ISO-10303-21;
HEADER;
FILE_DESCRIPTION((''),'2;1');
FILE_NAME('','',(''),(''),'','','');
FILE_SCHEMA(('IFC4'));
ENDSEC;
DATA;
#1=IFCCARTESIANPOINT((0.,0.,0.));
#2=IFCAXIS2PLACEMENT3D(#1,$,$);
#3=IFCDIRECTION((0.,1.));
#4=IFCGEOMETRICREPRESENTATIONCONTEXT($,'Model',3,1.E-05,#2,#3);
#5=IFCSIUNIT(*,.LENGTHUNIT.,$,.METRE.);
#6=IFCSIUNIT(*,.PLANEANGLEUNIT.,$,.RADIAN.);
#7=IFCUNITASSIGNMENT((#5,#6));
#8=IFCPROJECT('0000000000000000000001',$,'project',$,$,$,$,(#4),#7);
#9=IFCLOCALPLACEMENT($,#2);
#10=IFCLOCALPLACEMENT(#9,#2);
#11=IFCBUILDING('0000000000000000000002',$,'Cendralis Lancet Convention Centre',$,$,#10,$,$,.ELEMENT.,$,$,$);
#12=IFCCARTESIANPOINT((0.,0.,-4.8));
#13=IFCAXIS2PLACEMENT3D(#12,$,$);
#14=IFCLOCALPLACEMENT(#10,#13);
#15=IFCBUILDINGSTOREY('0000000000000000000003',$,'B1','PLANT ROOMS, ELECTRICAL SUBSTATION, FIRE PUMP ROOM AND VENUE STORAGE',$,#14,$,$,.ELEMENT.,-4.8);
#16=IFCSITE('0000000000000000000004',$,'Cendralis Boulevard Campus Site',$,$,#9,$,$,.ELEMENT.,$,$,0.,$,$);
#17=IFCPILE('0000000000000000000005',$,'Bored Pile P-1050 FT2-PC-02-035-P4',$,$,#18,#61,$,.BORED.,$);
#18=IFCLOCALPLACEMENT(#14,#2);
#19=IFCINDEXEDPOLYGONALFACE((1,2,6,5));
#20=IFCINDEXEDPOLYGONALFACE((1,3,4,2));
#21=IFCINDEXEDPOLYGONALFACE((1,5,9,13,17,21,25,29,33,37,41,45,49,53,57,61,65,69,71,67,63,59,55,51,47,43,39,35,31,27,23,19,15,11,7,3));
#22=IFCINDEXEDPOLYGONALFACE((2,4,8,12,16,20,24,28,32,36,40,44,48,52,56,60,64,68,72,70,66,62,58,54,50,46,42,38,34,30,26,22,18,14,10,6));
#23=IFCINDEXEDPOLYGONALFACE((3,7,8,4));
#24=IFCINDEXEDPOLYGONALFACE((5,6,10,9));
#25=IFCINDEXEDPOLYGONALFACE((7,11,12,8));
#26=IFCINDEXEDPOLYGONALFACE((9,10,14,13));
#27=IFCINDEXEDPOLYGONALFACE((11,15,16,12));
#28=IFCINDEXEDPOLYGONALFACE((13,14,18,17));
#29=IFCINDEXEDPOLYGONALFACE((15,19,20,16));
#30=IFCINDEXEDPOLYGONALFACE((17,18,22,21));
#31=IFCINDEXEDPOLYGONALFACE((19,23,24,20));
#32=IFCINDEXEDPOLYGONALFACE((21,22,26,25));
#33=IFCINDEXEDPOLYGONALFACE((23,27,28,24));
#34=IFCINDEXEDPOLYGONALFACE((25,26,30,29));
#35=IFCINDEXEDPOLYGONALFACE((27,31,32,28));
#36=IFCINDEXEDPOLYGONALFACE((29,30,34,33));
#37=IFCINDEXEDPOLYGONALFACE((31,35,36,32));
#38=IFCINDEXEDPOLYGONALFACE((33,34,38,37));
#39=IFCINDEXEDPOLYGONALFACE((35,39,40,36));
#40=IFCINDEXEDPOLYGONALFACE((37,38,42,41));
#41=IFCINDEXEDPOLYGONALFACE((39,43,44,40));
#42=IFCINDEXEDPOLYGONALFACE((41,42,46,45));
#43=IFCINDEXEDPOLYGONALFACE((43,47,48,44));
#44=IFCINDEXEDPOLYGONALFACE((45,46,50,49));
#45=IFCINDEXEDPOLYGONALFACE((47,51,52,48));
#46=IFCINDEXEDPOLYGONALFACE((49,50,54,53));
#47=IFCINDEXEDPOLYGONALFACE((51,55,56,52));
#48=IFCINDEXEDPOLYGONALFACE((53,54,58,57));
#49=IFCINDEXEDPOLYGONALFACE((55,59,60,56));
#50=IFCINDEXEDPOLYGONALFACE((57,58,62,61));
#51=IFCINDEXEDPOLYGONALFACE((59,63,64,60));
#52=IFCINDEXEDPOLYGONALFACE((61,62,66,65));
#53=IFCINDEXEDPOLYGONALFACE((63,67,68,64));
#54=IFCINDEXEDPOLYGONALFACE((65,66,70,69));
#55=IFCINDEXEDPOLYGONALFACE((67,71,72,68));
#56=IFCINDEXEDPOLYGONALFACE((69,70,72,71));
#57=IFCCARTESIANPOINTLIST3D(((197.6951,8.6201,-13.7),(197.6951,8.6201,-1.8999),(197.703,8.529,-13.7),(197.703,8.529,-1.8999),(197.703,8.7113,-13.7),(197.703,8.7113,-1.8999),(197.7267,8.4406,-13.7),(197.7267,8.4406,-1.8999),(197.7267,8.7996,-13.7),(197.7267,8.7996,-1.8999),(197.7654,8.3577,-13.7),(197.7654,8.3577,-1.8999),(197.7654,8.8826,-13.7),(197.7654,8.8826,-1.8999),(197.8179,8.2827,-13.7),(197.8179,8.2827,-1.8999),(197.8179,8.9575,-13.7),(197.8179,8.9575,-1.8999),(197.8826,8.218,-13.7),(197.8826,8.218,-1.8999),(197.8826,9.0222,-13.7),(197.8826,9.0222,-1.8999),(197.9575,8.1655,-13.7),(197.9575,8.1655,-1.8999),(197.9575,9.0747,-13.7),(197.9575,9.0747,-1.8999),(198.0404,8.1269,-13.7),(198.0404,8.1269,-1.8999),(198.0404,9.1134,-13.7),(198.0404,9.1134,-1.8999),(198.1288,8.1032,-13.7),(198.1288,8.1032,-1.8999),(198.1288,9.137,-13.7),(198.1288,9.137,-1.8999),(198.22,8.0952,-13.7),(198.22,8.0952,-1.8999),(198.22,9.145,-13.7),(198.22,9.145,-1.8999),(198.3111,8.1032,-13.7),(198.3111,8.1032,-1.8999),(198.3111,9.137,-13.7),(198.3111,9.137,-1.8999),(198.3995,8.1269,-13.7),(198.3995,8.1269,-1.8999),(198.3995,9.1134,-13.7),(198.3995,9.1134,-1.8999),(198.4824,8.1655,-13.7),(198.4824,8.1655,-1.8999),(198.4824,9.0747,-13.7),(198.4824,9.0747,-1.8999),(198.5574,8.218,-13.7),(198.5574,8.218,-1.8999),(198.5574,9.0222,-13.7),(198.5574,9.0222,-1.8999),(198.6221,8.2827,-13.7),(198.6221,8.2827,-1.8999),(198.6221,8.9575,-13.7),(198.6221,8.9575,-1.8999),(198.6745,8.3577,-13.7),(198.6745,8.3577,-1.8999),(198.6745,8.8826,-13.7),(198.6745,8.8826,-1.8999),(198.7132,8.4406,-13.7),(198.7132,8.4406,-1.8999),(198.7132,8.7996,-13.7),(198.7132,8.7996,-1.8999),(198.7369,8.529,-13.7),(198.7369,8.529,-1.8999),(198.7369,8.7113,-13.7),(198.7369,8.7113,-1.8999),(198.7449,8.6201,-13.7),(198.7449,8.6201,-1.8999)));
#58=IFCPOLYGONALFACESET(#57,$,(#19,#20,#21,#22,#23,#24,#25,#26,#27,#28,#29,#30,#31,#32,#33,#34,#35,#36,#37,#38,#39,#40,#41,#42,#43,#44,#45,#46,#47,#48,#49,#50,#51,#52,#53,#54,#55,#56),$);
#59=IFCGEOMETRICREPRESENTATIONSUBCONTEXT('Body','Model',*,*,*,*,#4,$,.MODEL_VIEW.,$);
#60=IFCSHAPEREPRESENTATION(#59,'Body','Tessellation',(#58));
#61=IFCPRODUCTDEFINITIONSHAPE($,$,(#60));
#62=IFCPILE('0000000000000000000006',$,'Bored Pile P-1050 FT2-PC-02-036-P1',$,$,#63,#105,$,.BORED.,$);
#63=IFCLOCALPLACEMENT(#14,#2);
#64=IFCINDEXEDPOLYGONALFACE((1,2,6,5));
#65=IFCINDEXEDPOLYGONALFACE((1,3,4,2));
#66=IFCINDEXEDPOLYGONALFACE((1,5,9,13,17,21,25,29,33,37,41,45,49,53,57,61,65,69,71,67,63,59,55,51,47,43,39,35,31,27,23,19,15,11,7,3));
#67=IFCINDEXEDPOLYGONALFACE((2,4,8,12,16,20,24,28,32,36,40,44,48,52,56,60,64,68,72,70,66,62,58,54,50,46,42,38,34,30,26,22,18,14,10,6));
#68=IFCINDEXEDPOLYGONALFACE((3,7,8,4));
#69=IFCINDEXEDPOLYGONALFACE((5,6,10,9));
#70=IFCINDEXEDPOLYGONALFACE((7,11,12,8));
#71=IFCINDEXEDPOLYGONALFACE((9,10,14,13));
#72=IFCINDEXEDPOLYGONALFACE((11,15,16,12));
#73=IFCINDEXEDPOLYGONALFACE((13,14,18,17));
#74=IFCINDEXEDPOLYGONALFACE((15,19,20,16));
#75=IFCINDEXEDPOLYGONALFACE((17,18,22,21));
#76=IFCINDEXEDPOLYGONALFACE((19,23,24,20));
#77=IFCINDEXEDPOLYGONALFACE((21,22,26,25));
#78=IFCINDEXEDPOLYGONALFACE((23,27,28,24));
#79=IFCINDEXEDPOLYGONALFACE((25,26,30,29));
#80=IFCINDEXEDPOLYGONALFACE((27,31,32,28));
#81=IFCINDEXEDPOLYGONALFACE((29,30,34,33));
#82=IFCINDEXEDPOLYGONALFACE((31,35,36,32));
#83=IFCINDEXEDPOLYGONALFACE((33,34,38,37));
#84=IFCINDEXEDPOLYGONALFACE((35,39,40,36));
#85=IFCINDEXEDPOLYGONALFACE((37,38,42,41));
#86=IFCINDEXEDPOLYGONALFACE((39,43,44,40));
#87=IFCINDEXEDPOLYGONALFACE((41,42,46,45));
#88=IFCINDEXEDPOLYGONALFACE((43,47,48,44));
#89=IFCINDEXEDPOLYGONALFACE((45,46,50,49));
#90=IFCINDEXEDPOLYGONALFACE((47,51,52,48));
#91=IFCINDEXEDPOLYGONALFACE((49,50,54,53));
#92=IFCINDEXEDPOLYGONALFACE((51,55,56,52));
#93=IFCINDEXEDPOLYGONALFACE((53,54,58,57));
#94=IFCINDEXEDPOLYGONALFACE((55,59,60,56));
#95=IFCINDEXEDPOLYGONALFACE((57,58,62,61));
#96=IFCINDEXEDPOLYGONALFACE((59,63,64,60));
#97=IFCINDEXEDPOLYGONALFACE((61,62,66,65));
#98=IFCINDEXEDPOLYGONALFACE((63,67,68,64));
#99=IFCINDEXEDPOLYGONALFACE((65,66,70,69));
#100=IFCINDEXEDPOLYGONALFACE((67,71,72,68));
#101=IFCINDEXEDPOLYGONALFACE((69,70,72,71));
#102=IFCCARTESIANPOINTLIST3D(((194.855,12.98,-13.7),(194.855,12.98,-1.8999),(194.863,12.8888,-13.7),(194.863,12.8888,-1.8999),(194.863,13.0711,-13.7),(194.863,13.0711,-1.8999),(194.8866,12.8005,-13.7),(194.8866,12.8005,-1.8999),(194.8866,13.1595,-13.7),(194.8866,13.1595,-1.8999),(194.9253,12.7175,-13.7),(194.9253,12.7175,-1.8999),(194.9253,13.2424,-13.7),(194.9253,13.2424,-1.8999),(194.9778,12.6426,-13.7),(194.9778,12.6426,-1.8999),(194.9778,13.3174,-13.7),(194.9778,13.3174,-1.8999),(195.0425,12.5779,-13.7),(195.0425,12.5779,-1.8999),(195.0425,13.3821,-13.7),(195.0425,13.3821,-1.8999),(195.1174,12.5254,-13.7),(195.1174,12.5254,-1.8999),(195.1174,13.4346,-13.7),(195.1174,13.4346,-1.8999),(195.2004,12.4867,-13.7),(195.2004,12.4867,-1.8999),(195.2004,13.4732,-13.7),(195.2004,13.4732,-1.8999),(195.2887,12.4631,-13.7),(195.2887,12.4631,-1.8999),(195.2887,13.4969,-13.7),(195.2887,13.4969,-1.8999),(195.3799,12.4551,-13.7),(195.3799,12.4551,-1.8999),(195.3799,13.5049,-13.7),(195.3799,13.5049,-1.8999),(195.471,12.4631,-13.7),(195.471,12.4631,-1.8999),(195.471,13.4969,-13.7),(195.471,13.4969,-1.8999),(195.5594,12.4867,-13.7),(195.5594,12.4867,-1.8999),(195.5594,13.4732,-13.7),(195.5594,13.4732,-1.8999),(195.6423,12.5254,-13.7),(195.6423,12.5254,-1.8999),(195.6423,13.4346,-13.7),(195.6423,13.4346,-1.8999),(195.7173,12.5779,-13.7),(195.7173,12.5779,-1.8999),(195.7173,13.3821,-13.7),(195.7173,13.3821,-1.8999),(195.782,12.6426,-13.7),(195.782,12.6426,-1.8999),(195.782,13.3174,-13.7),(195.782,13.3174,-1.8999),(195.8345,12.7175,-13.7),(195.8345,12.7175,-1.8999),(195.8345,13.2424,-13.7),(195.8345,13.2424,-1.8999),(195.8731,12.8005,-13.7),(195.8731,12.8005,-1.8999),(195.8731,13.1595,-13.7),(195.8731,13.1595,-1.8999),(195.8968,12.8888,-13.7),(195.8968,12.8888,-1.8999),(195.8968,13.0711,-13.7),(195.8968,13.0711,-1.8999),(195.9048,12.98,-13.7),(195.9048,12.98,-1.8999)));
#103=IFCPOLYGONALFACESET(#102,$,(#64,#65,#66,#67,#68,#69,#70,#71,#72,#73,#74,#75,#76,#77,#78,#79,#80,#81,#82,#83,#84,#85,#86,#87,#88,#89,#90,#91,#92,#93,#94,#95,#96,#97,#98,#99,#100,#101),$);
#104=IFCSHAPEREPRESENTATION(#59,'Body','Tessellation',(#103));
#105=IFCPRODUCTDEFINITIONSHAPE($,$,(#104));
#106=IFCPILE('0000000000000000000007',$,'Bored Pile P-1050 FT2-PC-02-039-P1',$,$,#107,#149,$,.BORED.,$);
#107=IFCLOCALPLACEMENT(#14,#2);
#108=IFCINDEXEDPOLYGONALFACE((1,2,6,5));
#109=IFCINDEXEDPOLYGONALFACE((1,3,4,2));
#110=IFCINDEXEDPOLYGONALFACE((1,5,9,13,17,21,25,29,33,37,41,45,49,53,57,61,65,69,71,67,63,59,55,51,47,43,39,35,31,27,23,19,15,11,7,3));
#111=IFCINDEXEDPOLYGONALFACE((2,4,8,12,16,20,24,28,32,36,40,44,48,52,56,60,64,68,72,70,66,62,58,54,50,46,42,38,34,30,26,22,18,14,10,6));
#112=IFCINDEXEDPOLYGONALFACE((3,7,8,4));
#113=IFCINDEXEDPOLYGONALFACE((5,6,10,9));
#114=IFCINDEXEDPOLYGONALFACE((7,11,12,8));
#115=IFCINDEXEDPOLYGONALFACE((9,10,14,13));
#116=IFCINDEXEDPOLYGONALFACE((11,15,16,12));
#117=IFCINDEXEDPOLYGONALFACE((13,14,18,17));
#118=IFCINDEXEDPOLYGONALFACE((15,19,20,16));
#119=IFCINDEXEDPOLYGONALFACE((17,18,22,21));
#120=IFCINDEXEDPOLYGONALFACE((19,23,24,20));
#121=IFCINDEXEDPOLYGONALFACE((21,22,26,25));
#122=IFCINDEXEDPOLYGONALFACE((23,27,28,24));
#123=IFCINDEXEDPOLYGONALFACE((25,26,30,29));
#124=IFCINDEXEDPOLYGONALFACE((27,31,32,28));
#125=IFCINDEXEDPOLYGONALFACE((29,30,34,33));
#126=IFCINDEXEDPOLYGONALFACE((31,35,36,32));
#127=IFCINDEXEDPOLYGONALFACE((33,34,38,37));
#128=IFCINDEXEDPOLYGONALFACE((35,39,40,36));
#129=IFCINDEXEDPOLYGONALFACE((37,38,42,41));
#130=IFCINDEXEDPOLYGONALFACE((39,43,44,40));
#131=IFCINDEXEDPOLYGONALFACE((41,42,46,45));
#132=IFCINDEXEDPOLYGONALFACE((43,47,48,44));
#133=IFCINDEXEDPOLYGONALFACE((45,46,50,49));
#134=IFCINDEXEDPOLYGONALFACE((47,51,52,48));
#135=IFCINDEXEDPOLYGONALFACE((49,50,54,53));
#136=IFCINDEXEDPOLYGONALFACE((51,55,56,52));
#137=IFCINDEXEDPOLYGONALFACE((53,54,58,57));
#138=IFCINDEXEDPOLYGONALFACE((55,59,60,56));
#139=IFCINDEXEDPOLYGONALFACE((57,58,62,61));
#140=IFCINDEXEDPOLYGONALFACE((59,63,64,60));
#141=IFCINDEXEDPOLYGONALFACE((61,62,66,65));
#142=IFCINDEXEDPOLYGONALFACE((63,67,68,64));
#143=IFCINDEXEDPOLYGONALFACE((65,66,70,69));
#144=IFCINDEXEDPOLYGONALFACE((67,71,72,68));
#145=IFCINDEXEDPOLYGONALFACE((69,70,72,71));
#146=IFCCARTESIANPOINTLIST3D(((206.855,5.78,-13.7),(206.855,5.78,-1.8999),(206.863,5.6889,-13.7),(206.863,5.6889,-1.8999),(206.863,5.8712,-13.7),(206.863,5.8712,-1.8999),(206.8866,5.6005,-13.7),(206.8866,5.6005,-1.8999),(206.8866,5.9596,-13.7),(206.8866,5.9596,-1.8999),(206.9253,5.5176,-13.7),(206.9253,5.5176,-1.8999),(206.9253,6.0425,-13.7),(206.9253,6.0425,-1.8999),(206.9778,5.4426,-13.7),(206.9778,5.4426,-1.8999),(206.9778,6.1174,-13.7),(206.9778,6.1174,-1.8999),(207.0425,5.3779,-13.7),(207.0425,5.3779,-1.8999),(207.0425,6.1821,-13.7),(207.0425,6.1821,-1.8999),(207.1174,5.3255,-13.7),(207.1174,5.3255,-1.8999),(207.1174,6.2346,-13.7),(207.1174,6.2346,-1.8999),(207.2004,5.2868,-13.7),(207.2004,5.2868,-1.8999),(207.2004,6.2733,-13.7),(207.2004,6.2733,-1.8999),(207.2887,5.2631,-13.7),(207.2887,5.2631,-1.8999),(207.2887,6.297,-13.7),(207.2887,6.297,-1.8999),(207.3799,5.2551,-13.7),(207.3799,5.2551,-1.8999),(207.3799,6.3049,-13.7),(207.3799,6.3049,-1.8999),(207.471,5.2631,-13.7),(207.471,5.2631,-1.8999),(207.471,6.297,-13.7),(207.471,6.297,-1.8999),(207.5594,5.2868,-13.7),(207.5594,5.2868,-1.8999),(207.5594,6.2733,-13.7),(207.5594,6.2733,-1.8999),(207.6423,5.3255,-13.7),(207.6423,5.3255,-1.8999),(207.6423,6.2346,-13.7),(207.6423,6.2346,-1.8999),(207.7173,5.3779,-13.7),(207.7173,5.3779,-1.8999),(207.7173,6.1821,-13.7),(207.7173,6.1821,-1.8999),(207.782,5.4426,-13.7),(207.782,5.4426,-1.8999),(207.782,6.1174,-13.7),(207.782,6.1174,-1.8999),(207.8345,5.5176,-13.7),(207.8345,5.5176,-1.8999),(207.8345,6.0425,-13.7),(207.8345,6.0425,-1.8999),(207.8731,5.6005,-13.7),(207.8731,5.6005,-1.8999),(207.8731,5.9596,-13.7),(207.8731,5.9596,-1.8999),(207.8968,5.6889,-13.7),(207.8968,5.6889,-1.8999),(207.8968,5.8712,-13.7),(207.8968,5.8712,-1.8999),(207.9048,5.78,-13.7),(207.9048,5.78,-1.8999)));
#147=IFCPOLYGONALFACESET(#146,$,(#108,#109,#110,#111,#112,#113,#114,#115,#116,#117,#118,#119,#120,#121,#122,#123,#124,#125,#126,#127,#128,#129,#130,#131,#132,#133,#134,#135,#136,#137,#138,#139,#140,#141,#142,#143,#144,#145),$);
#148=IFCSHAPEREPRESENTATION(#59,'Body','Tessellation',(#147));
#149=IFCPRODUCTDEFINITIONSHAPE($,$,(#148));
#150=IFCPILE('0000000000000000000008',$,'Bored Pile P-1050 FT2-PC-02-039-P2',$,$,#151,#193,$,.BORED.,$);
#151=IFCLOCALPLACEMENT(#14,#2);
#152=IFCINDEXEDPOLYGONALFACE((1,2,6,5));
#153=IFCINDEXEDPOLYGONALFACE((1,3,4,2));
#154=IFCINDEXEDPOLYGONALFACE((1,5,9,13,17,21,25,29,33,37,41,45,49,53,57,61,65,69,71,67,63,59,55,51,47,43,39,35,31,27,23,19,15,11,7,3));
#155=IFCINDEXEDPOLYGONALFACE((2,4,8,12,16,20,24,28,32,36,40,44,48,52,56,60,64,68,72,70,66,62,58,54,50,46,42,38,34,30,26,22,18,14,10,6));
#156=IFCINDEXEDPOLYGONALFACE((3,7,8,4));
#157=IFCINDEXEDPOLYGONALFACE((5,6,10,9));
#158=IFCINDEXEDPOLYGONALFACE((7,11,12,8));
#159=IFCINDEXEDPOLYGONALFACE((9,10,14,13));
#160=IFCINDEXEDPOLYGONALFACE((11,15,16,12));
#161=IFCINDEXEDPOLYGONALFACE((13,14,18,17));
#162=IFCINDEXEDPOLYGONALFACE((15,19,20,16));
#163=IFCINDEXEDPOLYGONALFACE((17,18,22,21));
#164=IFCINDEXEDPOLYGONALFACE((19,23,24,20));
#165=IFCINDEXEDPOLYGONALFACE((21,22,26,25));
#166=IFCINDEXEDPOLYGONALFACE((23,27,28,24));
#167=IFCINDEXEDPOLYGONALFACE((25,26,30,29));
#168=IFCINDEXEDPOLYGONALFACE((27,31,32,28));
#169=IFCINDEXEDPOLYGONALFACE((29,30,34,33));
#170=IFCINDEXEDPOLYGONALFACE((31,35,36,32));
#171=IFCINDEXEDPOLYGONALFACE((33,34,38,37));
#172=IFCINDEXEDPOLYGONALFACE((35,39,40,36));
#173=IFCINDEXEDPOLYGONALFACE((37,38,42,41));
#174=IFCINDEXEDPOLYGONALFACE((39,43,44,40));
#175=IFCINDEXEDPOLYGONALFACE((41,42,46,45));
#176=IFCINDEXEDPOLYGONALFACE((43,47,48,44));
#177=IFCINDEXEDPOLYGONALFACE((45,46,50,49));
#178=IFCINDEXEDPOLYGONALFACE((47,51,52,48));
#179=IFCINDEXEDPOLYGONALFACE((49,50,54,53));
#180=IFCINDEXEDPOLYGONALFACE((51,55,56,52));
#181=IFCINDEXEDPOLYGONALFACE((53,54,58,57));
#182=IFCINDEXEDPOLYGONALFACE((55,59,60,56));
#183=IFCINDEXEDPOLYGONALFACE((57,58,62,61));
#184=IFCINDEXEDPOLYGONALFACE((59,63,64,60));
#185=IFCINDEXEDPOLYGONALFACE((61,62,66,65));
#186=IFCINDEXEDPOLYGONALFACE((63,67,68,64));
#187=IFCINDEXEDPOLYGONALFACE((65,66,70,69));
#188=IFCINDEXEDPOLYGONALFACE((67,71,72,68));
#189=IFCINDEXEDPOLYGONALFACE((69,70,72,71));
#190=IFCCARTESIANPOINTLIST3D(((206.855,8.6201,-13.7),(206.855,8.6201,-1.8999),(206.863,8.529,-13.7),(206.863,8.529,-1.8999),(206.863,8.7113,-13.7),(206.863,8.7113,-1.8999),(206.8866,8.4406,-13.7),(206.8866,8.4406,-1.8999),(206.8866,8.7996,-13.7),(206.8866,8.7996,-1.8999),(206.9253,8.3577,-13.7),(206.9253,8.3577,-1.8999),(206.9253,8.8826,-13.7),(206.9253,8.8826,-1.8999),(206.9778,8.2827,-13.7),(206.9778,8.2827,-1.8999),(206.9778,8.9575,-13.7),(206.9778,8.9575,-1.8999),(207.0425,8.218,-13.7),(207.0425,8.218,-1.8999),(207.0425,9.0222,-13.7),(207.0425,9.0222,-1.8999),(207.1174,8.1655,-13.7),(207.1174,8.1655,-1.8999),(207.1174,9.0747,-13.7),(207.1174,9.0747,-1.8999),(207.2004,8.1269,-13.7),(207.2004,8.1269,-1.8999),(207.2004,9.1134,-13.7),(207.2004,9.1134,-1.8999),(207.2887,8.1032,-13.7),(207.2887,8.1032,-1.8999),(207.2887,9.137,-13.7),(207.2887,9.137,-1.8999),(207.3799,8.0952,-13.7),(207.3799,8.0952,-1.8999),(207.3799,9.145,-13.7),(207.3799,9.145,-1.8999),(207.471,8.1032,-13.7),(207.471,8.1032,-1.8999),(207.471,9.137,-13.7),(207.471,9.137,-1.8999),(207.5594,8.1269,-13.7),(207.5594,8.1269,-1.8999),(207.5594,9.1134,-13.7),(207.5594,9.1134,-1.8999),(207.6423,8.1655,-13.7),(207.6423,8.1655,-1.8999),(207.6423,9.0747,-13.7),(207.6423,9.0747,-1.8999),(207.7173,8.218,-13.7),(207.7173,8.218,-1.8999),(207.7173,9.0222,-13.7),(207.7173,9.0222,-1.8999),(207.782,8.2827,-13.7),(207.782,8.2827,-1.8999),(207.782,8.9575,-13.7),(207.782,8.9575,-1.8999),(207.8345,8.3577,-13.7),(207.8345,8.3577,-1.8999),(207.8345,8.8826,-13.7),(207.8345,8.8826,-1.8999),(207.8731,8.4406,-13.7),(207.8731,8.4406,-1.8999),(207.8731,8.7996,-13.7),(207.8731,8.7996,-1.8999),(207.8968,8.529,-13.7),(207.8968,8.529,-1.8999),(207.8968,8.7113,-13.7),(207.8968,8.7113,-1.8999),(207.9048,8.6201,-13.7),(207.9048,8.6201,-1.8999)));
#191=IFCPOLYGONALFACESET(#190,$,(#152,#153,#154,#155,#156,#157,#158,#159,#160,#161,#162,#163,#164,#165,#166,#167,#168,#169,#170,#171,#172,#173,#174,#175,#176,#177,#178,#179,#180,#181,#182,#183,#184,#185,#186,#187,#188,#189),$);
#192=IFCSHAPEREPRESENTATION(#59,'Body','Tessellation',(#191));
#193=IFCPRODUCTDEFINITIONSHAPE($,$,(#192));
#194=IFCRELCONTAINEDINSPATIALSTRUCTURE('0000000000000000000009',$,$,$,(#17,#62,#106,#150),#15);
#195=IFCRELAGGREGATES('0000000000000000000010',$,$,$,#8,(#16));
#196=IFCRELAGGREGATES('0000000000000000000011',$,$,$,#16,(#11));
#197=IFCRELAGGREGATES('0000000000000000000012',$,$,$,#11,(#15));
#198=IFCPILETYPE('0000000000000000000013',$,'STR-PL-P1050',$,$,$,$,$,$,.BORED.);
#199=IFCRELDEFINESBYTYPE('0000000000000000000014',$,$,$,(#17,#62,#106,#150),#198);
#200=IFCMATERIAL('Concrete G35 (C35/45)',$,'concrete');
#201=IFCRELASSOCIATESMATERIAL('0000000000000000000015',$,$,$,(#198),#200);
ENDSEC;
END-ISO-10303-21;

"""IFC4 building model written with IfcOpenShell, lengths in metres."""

from ifc_helpers import new_model, si_unit, direction, frame, origin, origin_2d, place, context, subcontext, project, spatial, circle, extrude, material, material_profile, profile_set, type_object, element, save


model = new_model("IFC4")

# Units and contexts
model_context = context("Model", 3, precision=1e-05, world=origin(), true_north=direction((0.0, 1.0)))
body_context = subcontext(model_context, "Body", "Model", "MODEL_VIEW")
ifc_project = project(units=[si_unit("LENGTHUNIT", "METRE"), si_unit("PLANEANGLEUNIT", "RADIAN")], contexts=[model_context])

# Site, building, storey
site_placement = place(None, origin())
site = spatial("IfcSite", under=ifc_project, at=site_placement, Name="Cendralis Boulevard Campus Site", CompositionType="ELEMENT", RefElevation=0.0)
building_placement = place(site_placement, origin())
building = spatial("IfcBuilding", under=site, at=building_placement, Name="Cendralis Lancet Convention Centre", CompositionType="ELEMENT")
storey_placement = place(building_placement, frame((0.0, 0.0, -4.8)))
storey = spatial("IfcBuildingStorey", under=building, at=storey_placement, Name="B1", Description="PLANT ROOMS, ELECTRICAL SUBSTATION, FIRE PUMP ROOM AND VENUE STORAGE", CompositionType="ELEMENT", Elevation=-4.8)

# Shared definitions
ifc_material_1 = material(Name="Concrete G35 (C35/45)", Category="concrete")

# Piles
ifc_material_profile_1 = material_profile(ifc_material_1, circle(Radius=0.5249, at=origin_2d()), Name="BORED PILE D1050")
ifc_profile_set_1 = profile_set([ifc_material_profile_1], Name="Concrete G35 (C35/45)")
pile_type_1 = type_object("IfcPileType", Name="STR-PL-P1050", PredefinedType="BORED", material=ifc_profile_set_1)
for number, where, z_axis, x_axis, name in (
    (1, (198.22, 8.6201, -1.8999), (0.0, 0.0, -1.0), (1.0, 0.0, 0.0), "Bored Pile P-1050 FT2-PC-02-035-P4"),
    (2, (195.3799, 12.98, -1.8999), (0.0, 0.0, -1.0), (1.0, 0.0, 0.0), "Bored Pile P-1050 FT2-PC-02-036-P1"),
    (3, (207.3799, 5.78, -1.8999), (0.0, 0.0, -1.0), (1.0, 0.0, 0.0), "Bored Pile P-1050 FT2-PC-02-039-P1"),
    (4, (207.3799, 8.6201, -1.8999), (0.0, 0.0, -1.0), (1.0, 0.0, 0.0), "Bored Pile P-1050 FT2-PC-02-039-P2"),
):
    element("IfcPile", number, at=place(storey_placement, frame(where, z_axis=z_axis, x_axis=x_axis)), inside=storey, type_object=pile_type_1, Name=name, PredefinedType="BORED", context=body_context, shape_type="SweptSolid", body=[
        extrude(circle(Radius=0.5249, at=origin_2d()), origin(), (0.0, 0.0, 1.0), 11.8),
    ])

save(model, "model.ifc")
